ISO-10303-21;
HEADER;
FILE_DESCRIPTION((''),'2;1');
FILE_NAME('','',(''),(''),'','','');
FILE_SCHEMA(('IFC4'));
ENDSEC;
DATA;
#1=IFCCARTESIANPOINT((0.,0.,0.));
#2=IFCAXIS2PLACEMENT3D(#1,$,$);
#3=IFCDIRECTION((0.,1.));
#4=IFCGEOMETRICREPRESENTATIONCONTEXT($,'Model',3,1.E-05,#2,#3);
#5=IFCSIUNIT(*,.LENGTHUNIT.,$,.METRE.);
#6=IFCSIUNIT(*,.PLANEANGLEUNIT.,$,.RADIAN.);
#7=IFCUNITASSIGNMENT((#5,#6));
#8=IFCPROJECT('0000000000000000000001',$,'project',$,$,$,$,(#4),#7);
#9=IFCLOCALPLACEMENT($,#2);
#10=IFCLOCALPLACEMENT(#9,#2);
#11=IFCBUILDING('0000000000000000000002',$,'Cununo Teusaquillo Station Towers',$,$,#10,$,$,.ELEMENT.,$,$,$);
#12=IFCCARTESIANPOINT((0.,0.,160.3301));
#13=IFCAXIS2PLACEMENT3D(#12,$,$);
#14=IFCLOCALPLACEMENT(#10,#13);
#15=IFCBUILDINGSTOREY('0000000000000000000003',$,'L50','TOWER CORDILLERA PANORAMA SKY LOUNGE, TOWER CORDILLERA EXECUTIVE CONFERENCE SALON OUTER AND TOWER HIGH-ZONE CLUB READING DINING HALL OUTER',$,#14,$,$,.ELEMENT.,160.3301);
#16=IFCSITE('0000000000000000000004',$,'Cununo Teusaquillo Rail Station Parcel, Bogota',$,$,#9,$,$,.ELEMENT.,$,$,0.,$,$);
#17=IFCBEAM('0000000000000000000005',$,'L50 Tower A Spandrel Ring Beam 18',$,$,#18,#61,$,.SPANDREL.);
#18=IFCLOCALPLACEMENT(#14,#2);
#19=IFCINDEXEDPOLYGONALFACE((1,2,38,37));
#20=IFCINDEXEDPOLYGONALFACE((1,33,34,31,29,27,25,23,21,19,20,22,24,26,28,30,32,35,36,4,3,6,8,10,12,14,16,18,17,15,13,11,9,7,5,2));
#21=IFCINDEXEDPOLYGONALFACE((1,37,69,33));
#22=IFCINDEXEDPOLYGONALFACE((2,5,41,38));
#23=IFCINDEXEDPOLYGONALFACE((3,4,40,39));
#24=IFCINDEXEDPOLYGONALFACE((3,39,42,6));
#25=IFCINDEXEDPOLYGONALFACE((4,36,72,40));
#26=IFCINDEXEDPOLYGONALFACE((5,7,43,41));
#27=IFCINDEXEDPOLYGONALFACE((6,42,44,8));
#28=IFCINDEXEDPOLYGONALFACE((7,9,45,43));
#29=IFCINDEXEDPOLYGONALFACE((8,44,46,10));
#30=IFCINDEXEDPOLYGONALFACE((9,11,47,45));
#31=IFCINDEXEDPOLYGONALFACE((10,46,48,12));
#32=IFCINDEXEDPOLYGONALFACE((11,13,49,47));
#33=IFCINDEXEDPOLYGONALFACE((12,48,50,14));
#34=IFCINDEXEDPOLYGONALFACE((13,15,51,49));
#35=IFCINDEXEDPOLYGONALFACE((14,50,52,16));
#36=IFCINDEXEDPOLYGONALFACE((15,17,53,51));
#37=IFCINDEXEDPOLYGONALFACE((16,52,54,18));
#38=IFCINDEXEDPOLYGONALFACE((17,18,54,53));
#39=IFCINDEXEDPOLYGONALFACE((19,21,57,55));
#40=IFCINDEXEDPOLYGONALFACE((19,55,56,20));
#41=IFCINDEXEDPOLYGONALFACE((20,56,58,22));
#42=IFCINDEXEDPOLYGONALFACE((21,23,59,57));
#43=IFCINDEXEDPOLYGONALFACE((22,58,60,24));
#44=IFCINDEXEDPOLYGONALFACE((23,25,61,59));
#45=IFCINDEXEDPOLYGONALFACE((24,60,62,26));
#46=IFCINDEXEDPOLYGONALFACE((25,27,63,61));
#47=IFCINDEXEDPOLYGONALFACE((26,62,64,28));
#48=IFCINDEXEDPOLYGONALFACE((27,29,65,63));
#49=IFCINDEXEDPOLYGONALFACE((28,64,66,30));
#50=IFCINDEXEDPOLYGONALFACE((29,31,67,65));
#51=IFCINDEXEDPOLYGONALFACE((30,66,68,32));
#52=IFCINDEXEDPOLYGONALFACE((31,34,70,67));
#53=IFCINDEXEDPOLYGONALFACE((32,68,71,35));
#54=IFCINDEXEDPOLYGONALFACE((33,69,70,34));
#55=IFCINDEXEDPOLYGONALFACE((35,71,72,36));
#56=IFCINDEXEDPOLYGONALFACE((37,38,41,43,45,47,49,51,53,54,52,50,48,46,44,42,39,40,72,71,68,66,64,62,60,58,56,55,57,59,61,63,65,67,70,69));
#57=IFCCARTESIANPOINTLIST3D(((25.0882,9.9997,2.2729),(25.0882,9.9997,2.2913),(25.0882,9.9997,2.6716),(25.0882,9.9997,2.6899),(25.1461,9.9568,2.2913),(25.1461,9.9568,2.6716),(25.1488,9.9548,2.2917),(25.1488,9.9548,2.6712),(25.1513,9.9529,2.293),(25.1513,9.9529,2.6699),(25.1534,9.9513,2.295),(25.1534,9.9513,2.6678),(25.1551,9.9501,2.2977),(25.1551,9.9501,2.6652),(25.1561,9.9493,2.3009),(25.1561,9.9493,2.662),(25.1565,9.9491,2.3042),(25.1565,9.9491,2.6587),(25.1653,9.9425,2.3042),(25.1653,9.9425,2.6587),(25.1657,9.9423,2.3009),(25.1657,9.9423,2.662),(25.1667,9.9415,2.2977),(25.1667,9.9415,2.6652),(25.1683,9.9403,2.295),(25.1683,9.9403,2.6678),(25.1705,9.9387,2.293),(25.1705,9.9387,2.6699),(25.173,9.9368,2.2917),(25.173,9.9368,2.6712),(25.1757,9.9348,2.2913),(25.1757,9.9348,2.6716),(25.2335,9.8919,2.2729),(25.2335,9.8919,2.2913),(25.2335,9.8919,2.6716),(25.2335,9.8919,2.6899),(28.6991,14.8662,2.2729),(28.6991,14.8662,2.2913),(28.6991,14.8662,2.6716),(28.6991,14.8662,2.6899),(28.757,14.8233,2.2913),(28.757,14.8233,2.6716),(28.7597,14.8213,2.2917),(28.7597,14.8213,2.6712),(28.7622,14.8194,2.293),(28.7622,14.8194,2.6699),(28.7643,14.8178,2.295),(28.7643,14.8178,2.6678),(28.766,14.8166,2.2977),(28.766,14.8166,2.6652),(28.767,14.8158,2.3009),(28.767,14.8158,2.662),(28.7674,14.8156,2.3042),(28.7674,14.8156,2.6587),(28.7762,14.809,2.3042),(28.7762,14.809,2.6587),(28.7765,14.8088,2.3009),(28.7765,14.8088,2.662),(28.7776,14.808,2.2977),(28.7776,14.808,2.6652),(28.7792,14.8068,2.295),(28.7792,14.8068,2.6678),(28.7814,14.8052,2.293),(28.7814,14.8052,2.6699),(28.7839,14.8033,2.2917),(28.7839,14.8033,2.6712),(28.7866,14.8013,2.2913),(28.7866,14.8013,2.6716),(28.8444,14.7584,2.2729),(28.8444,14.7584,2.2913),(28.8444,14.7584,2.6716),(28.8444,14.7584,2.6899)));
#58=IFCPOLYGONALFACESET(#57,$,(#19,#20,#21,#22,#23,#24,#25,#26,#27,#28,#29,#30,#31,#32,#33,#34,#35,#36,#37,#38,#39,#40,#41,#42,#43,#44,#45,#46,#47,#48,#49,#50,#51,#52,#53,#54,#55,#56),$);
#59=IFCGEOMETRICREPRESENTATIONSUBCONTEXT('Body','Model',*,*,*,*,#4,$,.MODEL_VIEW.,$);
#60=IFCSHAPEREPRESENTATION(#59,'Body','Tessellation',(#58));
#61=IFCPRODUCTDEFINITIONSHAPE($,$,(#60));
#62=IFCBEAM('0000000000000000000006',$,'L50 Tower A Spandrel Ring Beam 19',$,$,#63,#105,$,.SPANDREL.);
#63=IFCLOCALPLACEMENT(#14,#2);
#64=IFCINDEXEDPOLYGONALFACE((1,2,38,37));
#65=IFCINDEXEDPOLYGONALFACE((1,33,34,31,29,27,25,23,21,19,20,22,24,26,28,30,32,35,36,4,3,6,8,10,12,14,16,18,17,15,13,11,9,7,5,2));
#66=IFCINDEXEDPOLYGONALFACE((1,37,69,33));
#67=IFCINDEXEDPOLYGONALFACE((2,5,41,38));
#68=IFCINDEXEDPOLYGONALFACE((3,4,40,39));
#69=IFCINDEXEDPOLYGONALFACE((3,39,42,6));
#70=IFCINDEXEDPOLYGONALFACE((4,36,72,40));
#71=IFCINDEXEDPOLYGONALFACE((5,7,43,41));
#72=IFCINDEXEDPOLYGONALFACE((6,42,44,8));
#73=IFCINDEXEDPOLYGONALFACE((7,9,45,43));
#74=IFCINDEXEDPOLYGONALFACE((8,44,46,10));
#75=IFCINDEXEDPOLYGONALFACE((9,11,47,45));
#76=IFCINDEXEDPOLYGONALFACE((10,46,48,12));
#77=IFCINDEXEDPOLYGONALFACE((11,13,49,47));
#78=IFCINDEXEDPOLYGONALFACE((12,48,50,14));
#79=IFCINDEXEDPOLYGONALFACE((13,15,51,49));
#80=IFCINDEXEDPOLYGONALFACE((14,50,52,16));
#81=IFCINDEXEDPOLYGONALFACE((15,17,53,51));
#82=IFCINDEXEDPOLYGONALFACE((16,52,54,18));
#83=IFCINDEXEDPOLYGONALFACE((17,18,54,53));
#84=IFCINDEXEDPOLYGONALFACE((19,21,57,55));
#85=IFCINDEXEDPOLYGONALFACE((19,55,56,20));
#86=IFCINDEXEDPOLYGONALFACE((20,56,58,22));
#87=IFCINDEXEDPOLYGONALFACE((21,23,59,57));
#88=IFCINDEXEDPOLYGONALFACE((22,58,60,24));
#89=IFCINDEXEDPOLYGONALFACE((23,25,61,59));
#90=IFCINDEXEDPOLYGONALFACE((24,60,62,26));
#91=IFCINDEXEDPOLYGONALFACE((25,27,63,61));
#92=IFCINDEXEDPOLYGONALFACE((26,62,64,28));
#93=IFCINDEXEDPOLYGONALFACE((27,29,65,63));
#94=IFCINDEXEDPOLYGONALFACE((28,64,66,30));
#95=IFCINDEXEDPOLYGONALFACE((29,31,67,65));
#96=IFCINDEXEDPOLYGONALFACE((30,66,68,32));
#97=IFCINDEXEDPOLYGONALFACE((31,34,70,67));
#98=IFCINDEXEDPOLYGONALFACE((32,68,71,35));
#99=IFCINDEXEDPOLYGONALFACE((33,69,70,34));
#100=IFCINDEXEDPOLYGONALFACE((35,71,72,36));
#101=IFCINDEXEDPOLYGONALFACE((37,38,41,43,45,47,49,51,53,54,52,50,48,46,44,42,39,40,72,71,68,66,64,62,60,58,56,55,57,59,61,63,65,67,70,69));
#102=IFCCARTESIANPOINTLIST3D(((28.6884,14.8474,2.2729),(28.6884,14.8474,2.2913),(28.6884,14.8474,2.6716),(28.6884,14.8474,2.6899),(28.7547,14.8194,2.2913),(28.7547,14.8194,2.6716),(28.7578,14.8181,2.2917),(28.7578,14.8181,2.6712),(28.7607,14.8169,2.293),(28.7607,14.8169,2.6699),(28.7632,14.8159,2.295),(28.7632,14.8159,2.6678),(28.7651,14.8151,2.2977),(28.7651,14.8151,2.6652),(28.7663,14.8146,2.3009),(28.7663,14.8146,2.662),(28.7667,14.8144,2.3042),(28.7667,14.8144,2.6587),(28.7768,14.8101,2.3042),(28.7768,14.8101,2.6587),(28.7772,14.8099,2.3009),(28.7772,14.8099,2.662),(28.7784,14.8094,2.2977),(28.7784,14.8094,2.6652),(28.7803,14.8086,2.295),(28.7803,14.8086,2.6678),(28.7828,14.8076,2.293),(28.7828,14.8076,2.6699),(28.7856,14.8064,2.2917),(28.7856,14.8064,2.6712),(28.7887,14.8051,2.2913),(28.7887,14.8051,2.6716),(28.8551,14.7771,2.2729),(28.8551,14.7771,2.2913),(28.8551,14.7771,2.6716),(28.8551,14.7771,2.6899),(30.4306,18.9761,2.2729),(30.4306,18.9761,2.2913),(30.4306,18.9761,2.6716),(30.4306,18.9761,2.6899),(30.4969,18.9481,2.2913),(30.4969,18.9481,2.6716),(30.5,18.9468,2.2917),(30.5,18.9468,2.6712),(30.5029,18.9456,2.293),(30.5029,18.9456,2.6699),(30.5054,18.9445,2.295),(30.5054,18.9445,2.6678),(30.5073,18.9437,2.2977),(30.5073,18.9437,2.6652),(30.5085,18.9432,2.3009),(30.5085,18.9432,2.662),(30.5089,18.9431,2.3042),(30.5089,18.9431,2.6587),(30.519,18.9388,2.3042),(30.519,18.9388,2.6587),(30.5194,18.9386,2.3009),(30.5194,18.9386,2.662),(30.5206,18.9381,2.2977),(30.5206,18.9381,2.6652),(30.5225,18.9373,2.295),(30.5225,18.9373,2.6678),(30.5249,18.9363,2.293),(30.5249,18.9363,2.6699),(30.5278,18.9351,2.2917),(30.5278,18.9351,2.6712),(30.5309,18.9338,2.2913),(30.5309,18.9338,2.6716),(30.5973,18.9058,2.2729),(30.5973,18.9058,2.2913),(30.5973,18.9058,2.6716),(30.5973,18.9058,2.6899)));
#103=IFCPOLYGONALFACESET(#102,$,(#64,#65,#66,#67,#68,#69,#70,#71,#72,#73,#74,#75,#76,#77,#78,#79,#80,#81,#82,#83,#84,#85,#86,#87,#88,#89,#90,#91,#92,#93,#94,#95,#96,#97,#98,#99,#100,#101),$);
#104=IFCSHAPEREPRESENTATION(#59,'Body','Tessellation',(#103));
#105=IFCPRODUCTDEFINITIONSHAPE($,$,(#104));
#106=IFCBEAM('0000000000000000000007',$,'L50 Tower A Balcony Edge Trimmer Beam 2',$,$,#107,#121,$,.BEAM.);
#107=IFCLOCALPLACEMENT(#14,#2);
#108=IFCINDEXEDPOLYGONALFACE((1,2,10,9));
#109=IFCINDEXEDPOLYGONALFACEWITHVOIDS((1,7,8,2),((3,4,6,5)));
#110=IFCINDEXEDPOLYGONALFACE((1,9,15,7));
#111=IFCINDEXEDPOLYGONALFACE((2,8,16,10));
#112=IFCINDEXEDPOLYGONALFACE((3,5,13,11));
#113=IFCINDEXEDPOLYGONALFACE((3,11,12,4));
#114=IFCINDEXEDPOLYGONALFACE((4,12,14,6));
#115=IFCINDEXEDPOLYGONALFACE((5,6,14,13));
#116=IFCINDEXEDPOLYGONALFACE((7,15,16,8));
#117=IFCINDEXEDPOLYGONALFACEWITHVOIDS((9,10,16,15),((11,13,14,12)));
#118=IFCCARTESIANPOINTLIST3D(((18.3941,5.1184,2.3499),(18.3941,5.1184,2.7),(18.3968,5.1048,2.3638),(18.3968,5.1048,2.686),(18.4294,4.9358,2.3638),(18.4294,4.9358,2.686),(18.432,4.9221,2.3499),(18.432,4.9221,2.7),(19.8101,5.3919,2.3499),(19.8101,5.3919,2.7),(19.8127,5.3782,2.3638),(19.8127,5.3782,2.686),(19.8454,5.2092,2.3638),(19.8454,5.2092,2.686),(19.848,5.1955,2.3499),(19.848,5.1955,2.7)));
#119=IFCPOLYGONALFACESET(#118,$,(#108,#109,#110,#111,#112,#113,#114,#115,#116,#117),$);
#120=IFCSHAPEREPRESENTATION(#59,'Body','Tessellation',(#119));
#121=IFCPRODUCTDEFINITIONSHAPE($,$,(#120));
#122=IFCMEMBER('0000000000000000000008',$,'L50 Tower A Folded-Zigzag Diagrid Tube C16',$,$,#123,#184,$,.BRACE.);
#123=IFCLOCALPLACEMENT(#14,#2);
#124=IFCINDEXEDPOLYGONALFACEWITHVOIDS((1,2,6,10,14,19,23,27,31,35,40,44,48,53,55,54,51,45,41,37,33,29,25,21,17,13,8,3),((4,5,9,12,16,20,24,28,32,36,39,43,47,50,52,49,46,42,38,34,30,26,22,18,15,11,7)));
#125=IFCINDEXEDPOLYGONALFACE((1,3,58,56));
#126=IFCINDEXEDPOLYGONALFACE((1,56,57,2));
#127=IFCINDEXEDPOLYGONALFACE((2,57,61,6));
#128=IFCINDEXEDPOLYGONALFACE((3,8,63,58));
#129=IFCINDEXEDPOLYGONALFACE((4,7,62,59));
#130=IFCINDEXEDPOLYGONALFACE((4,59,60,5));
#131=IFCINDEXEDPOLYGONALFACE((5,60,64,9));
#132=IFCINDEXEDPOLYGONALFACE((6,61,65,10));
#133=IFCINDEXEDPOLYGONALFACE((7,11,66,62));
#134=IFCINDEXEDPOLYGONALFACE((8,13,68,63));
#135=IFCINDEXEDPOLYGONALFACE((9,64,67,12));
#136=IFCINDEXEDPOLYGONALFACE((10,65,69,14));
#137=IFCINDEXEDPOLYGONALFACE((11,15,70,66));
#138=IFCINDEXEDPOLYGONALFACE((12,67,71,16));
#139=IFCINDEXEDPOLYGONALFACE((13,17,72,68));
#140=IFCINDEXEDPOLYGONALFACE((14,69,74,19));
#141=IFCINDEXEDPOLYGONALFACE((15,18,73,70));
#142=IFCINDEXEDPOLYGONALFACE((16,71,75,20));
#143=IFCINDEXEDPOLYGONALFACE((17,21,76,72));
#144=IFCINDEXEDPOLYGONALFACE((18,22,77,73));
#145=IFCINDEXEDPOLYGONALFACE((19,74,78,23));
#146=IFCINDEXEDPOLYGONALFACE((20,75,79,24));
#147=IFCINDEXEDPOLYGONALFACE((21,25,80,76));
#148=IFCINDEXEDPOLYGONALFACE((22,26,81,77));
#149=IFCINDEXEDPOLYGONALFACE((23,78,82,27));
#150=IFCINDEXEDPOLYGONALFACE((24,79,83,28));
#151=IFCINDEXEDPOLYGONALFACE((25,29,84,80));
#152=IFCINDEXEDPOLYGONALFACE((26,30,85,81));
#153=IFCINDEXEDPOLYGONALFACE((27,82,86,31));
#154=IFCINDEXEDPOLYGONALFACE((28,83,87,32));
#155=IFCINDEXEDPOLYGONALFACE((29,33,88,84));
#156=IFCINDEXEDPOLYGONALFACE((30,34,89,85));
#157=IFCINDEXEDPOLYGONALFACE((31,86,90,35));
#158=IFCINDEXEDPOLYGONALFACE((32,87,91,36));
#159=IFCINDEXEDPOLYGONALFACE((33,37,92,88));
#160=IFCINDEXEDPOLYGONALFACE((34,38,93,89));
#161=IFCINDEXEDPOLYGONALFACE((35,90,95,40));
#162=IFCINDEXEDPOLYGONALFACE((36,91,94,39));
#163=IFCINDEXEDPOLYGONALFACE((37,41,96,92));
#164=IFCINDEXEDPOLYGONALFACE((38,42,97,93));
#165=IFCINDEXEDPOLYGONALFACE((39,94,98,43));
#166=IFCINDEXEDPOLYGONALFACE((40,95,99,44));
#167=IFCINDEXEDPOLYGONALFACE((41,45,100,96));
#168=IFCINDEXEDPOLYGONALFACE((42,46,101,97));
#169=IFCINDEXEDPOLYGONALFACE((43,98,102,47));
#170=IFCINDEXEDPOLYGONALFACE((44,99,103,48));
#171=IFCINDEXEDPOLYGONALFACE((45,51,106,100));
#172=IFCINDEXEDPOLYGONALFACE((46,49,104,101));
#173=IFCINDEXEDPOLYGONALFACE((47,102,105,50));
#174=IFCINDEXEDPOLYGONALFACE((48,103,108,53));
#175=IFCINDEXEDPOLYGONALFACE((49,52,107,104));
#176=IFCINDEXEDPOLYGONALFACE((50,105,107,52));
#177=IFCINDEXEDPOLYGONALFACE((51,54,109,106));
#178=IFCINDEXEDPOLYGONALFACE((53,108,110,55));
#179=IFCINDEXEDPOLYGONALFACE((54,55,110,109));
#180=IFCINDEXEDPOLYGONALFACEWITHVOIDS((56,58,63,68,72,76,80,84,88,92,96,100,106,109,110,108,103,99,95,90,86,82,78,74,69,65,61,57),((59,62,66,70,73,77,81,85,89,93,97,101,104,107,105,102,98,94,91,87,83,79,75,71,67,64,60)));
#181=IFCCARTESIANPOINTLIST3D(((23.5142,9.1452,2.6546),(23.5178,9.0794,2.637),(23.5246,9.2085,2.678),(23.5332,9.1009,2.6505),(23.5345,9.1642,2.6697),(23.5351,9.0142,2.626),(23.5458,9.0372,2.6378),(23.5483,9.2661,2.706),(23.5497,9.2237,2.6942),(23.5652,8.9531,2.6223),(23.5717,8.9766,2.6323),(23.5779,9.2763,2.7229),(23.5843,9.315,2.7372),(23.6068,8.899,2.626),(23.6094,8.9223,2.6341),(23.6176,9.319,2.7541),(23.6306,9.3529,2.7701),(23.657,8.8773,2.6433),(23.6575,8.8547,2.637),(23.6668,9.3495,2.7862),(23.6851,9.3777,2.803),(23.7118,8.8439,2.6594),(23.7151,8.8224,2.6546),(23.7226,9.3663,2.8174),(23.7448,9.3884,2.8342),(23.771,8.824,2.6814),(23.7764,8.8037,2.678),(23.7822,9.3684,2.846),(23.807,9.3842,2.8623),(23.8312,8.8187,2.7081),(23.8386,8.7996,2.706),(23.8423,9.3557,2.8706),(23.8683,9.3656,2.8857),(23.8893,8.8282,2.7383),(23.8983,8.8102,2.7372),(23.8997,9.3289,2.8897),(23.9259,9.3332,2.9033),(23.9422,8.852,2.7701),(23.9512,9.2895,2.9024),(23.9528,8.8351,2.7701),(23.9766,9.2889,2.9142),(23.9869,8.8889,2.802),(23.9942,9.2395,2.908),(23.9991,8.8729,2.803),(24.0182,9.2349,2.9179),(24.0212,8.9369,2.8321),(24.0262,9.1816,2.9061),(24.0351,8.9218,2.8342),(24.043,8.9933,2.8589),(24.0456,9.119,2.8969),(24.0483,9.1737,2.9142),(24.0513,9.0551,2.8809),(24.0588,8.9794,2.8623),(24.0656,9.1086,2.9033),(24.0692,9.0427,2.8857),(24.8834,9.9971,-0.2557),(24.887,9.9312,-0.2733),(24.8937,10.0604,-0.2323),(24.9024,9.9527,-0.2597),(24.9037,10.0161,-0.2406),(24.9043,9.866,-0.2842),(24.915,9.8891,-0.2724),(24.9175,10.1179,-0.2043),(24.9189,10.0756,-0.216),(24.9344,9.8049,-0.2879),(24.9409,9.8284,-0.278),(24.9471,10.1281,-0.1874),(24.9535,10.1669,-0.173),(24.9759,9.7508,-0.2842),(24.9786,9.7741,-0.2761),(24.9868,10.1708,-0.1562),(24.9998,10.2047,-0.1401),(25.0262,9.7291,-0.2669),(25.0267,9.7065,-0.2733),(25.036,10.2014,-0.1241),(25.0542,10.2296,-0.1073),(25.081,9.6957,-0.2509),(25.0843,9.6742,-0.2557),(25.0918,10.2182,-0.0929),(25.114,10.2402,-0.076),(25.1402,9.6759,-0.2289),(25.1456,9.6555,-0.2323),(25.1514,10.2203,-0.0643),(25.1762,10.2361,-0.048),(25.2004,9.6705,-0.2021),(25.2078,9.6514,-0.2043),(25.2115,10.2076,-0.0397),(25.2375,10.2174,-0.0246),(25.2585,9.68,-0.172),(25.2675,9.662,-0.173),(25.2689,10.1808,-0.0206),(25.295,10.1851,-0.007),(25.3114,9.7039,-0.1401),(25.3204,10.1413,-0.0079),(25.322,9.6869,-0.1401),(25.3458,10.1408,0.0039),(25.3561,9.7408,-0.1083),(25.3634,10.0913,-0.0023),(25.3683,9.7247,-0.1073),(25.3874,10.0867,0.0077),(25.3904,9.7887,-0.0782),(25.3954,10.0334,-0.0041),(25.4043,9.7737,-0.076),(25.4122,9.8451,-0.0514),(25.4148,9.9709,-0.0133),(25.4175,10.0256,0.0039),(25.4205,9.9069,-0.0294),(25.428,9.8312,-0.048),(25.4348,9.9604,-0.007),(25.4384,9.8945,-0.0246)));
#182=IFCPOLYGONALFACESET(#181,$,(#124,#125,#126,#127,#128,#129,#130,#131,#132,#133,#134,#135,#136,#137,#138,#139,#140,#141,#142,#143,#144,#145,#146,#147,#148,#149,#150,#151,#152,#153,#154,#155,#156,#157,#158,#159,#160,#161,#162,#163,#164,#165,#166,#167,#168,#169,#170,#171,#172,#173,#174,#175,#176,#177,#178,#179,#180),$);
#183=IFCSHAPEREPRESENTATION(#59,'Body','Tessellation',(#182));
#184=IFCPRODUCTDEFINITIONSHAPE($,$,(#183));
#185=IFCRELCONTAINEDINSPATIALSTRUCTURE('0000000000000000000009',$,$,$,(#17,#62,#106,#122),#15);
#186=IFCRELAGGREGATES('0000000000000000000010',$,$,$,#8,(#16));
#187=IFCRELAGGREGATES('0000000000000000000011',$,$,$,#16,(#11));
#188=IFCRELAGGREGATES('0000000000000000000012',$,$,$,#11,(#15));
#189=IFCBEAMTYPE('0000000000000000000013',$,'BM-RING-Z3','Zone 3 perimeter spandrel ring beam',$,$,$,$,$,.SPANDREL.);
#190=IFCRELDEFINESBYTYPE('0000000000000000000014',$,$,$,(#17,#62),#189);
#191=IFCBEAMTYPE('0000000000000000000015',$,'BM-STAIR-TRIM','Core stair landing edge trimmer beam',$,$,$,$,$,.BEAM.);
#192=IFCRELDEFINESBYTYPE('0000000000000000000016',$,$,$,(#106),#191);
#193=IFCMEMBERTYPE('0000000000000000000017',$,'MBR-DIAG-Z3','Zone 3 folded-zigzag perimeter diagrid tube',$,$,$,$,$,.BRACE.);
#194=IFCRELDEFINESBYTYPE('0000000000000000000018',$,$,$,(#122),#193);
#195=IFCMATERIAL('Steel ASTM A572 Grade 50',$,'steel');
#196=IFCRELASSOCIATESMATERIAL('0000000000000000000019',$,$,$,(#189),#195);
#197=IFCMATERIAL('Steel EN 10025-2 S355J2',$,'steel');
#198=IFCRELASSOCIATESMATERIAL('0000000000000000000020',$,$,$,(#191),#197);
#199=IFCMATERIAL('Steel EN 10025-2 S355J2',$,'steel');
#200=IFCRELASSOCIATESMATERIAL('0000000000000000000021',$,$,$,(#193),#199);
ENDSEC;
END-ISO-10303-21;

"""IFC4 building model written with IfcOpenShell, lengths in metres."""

from ifc_helpers import new_model, si_unit, direction, frame, origin, origin_2d, place, context, subcontext, project, spatial, hollow_rectangle, hollow_circle, i_section, extrude, material, material_profile, profile_set, type_object, element, save


model = new_model("IFC4")

# Units and contexts
model_context = context("Model", 3, precision=1e-05, world=origin(), true_north=direction((0.0, 1.0)))
body_context = subcontext(model_context, "Body", "Model", "MODEL_VIEW")
ifc_project = project(units=[si_unit("LENGTHUNIT", "METRE"), si_unit("PLANEANGLEUNIT", "RADIAN")], contexts=[model_context])

# Site, building, storey
site_placement = place(None, origin())
site = spatial("IfcSite", under=ifc_project, at=site_placement, Name="Cununo Teusaquillo Rail Station Parcel, Bogota", CompositionType="ELEMENT", RefElevation=0.0)
building_placement = place(site_placement, origin())
building = spatial("IfcBuilding", under=site, at=building_placement, Name="Cununo Teusaquillo Station Towers", CompositionType="ELEMENT")
storey_placement = place(building_placement, frame((0.0, 0.0, 160.3301)))
storey = spatial("IfcBuildingStorey", under=building, at=storey_placement, Name="L50", Description="TOWER CORDILLERA PANORAMA SKY LOUNGE, TOWER CORDILLERA EXECUTIVE CONFERENCE SALON OUTER AND TOWER HIGH-ZONE CLUB READING DINING HALL OUTER", CompositionType="ELEMENT", Elevation=160.3301)

# Beams
ifc_material_1 = material(Name="Steel ASTM A572 Grade 50", Category="steel")
ifc_material_profile_1 = material_profile(ifc_material_1, i_section(OverallWidth=0.1809, OverallDepth=0.417, WebThickness=0.011, FlangeThickness=0.0183, FilletRadius=0.0129, at=origin_2d()), Name="W16X57")
ifc_profile_set_1 = profile_set([ifc_material_profile_1], Name="Steel ASTM A572 Grade 50")
beam_type_1 = type_object("IfcBeamType", Name="BM-RING-Z3", Description="Zone 3 perimeter spandrel ring beam", PredefinedType="SPANDREL", material=ifc_profile_set_1)
beam_1_placement = place(storey_placement, frame((25.1609, 9.9458, 2.4814), z_axis=(0.595873, 0.803079, 0.0), x_axis=(-0.803079, 0.595873, 0.0)))
element("IfcBeam", 1, at=beam_1_placement, inside=storey, type_object=beam_type_1, Name="L50 Tower A Spandrel Ring Beam 18", PredefinedType="SPANDREL", context=body_context, shape_type="SweptSolid", body=[
    extrude(i_section(OverallWidth=0.1809, OverallDepth=0.417, WebThickness=0.011, FlangeThickness=0.0183, FilletRadius=0.0129, at=origin_2d()), origin(), (0.0, 0.0, 1.0), 6.0598),
])
beam_2_placement = place(storey_placement, frame((28.7717, 14.8123, 2.4814), z_axis=(0.388778, 0.921332, 0.0), x_axis=(-0.921332, 0.388778, 0.0)))
element("IfcBeam", 2, at=beam_2_placement, inside=storey, type_object=beam_type_1, Name="L50 Tower A Spandrel Ring Beam 19", PredefinedType="SPANDREL", context=body_context, shape_type="SweptSolid", body=[
    extrude(i_section(OverallWidth=0.1809, OverallDepth=0.417, WebThickness=0.011, FlangeThickness=0.0183, FilletRadius=0.0129, at=origin_2d()), origin(), (0.0, 0.0, 1.0), 4.4812),
])
ifc_material_2 = material(Name="Steel EN 10025-2 S355J2", Category="steel")
ifc_material_profile_2 = material_profile(ifc_material_2, hollow_rectangle(XDim=0.2, YDim=0.3501, WallThickness=0.0139, at=origin_2d()), Name="RHS 350x200x14")
ifc_profile_set_2 = profile_set([ifc_material_profile_2], Name="Steel EN 10025-2 S355J2")
beam_type_2 = type_object("IfcBeamType", Name="BM-STAIR-TRIM", Description="Core stair landing edge trimmer beam", PredefinedType="BEAM", material=ifc_profile_set_2)
beam_3_placement = place(storey_placement, frame((18.4131, 5.0203, 2.5249), z_axis=(0.981861, 0.189601, 0.0), x_axis=(-0.189601, 0.981861, 0.0)))
element("IfcBeam", 3, at=beam_3_placement, inside=storey, type_object=beam_type_2, Name="L50 Tower A Balcony Edge Trimmer Beam 2", PredefinedType="BEAM", context=body_context, shape_type="SweptSolid", body=[
    extrude(hollow_rectangle(XDim=0.2, YDim=0.3501, WallThickness=0.0139, at=origin_2d()), origin(), (0.0, 0.0, 1.0), 1.4421),
])

# Member
ifc_material_3 = material(Name="Steel EN 10025-2 S355J2", Category="steel")
ifc_material_profile_3 = material_profile(ifc_material_3, hollow_circle(Radius=0.3049, WallThickness=0.02, at=origin_2d()), Name="CHS 610x20")
ifc_profile_set_3 = profile_set([ifc_material_profile_3], Name="Steel EN 10025-2 S355J2")
member_type = type_object("IfcMemberType", Name="MBR-DIAG-Z3", Description="Zone 3 folded-zigzag perimeter diagrid tube", PredefinedType="BRACE", material=ifc_profile_set_3)
member_1_placement = place(storey_placement, frame((25.1609, 9.9458, -0.1401), z_axis=(-0.41152, -0.256026, 0.874701), x_axis=(0.528256, -0.849085, 0.0)))
element("IfcMember", 4, at=member_1_placement, inside=storey, type_object=member_type, Name="L50 Tower A Folded-Zigzag Diagrid Tube C16", PredefinedType="BRACE", context=body_context, shape_type="SweptSolid", body=[
    extrude(hollow_circle(Radius=0.3049, WallThickness=0.02, at=origin_2d()), origin(), (0.0, 0.0, 1.0), 3.3271),
])

save(model, "model.ifc")
